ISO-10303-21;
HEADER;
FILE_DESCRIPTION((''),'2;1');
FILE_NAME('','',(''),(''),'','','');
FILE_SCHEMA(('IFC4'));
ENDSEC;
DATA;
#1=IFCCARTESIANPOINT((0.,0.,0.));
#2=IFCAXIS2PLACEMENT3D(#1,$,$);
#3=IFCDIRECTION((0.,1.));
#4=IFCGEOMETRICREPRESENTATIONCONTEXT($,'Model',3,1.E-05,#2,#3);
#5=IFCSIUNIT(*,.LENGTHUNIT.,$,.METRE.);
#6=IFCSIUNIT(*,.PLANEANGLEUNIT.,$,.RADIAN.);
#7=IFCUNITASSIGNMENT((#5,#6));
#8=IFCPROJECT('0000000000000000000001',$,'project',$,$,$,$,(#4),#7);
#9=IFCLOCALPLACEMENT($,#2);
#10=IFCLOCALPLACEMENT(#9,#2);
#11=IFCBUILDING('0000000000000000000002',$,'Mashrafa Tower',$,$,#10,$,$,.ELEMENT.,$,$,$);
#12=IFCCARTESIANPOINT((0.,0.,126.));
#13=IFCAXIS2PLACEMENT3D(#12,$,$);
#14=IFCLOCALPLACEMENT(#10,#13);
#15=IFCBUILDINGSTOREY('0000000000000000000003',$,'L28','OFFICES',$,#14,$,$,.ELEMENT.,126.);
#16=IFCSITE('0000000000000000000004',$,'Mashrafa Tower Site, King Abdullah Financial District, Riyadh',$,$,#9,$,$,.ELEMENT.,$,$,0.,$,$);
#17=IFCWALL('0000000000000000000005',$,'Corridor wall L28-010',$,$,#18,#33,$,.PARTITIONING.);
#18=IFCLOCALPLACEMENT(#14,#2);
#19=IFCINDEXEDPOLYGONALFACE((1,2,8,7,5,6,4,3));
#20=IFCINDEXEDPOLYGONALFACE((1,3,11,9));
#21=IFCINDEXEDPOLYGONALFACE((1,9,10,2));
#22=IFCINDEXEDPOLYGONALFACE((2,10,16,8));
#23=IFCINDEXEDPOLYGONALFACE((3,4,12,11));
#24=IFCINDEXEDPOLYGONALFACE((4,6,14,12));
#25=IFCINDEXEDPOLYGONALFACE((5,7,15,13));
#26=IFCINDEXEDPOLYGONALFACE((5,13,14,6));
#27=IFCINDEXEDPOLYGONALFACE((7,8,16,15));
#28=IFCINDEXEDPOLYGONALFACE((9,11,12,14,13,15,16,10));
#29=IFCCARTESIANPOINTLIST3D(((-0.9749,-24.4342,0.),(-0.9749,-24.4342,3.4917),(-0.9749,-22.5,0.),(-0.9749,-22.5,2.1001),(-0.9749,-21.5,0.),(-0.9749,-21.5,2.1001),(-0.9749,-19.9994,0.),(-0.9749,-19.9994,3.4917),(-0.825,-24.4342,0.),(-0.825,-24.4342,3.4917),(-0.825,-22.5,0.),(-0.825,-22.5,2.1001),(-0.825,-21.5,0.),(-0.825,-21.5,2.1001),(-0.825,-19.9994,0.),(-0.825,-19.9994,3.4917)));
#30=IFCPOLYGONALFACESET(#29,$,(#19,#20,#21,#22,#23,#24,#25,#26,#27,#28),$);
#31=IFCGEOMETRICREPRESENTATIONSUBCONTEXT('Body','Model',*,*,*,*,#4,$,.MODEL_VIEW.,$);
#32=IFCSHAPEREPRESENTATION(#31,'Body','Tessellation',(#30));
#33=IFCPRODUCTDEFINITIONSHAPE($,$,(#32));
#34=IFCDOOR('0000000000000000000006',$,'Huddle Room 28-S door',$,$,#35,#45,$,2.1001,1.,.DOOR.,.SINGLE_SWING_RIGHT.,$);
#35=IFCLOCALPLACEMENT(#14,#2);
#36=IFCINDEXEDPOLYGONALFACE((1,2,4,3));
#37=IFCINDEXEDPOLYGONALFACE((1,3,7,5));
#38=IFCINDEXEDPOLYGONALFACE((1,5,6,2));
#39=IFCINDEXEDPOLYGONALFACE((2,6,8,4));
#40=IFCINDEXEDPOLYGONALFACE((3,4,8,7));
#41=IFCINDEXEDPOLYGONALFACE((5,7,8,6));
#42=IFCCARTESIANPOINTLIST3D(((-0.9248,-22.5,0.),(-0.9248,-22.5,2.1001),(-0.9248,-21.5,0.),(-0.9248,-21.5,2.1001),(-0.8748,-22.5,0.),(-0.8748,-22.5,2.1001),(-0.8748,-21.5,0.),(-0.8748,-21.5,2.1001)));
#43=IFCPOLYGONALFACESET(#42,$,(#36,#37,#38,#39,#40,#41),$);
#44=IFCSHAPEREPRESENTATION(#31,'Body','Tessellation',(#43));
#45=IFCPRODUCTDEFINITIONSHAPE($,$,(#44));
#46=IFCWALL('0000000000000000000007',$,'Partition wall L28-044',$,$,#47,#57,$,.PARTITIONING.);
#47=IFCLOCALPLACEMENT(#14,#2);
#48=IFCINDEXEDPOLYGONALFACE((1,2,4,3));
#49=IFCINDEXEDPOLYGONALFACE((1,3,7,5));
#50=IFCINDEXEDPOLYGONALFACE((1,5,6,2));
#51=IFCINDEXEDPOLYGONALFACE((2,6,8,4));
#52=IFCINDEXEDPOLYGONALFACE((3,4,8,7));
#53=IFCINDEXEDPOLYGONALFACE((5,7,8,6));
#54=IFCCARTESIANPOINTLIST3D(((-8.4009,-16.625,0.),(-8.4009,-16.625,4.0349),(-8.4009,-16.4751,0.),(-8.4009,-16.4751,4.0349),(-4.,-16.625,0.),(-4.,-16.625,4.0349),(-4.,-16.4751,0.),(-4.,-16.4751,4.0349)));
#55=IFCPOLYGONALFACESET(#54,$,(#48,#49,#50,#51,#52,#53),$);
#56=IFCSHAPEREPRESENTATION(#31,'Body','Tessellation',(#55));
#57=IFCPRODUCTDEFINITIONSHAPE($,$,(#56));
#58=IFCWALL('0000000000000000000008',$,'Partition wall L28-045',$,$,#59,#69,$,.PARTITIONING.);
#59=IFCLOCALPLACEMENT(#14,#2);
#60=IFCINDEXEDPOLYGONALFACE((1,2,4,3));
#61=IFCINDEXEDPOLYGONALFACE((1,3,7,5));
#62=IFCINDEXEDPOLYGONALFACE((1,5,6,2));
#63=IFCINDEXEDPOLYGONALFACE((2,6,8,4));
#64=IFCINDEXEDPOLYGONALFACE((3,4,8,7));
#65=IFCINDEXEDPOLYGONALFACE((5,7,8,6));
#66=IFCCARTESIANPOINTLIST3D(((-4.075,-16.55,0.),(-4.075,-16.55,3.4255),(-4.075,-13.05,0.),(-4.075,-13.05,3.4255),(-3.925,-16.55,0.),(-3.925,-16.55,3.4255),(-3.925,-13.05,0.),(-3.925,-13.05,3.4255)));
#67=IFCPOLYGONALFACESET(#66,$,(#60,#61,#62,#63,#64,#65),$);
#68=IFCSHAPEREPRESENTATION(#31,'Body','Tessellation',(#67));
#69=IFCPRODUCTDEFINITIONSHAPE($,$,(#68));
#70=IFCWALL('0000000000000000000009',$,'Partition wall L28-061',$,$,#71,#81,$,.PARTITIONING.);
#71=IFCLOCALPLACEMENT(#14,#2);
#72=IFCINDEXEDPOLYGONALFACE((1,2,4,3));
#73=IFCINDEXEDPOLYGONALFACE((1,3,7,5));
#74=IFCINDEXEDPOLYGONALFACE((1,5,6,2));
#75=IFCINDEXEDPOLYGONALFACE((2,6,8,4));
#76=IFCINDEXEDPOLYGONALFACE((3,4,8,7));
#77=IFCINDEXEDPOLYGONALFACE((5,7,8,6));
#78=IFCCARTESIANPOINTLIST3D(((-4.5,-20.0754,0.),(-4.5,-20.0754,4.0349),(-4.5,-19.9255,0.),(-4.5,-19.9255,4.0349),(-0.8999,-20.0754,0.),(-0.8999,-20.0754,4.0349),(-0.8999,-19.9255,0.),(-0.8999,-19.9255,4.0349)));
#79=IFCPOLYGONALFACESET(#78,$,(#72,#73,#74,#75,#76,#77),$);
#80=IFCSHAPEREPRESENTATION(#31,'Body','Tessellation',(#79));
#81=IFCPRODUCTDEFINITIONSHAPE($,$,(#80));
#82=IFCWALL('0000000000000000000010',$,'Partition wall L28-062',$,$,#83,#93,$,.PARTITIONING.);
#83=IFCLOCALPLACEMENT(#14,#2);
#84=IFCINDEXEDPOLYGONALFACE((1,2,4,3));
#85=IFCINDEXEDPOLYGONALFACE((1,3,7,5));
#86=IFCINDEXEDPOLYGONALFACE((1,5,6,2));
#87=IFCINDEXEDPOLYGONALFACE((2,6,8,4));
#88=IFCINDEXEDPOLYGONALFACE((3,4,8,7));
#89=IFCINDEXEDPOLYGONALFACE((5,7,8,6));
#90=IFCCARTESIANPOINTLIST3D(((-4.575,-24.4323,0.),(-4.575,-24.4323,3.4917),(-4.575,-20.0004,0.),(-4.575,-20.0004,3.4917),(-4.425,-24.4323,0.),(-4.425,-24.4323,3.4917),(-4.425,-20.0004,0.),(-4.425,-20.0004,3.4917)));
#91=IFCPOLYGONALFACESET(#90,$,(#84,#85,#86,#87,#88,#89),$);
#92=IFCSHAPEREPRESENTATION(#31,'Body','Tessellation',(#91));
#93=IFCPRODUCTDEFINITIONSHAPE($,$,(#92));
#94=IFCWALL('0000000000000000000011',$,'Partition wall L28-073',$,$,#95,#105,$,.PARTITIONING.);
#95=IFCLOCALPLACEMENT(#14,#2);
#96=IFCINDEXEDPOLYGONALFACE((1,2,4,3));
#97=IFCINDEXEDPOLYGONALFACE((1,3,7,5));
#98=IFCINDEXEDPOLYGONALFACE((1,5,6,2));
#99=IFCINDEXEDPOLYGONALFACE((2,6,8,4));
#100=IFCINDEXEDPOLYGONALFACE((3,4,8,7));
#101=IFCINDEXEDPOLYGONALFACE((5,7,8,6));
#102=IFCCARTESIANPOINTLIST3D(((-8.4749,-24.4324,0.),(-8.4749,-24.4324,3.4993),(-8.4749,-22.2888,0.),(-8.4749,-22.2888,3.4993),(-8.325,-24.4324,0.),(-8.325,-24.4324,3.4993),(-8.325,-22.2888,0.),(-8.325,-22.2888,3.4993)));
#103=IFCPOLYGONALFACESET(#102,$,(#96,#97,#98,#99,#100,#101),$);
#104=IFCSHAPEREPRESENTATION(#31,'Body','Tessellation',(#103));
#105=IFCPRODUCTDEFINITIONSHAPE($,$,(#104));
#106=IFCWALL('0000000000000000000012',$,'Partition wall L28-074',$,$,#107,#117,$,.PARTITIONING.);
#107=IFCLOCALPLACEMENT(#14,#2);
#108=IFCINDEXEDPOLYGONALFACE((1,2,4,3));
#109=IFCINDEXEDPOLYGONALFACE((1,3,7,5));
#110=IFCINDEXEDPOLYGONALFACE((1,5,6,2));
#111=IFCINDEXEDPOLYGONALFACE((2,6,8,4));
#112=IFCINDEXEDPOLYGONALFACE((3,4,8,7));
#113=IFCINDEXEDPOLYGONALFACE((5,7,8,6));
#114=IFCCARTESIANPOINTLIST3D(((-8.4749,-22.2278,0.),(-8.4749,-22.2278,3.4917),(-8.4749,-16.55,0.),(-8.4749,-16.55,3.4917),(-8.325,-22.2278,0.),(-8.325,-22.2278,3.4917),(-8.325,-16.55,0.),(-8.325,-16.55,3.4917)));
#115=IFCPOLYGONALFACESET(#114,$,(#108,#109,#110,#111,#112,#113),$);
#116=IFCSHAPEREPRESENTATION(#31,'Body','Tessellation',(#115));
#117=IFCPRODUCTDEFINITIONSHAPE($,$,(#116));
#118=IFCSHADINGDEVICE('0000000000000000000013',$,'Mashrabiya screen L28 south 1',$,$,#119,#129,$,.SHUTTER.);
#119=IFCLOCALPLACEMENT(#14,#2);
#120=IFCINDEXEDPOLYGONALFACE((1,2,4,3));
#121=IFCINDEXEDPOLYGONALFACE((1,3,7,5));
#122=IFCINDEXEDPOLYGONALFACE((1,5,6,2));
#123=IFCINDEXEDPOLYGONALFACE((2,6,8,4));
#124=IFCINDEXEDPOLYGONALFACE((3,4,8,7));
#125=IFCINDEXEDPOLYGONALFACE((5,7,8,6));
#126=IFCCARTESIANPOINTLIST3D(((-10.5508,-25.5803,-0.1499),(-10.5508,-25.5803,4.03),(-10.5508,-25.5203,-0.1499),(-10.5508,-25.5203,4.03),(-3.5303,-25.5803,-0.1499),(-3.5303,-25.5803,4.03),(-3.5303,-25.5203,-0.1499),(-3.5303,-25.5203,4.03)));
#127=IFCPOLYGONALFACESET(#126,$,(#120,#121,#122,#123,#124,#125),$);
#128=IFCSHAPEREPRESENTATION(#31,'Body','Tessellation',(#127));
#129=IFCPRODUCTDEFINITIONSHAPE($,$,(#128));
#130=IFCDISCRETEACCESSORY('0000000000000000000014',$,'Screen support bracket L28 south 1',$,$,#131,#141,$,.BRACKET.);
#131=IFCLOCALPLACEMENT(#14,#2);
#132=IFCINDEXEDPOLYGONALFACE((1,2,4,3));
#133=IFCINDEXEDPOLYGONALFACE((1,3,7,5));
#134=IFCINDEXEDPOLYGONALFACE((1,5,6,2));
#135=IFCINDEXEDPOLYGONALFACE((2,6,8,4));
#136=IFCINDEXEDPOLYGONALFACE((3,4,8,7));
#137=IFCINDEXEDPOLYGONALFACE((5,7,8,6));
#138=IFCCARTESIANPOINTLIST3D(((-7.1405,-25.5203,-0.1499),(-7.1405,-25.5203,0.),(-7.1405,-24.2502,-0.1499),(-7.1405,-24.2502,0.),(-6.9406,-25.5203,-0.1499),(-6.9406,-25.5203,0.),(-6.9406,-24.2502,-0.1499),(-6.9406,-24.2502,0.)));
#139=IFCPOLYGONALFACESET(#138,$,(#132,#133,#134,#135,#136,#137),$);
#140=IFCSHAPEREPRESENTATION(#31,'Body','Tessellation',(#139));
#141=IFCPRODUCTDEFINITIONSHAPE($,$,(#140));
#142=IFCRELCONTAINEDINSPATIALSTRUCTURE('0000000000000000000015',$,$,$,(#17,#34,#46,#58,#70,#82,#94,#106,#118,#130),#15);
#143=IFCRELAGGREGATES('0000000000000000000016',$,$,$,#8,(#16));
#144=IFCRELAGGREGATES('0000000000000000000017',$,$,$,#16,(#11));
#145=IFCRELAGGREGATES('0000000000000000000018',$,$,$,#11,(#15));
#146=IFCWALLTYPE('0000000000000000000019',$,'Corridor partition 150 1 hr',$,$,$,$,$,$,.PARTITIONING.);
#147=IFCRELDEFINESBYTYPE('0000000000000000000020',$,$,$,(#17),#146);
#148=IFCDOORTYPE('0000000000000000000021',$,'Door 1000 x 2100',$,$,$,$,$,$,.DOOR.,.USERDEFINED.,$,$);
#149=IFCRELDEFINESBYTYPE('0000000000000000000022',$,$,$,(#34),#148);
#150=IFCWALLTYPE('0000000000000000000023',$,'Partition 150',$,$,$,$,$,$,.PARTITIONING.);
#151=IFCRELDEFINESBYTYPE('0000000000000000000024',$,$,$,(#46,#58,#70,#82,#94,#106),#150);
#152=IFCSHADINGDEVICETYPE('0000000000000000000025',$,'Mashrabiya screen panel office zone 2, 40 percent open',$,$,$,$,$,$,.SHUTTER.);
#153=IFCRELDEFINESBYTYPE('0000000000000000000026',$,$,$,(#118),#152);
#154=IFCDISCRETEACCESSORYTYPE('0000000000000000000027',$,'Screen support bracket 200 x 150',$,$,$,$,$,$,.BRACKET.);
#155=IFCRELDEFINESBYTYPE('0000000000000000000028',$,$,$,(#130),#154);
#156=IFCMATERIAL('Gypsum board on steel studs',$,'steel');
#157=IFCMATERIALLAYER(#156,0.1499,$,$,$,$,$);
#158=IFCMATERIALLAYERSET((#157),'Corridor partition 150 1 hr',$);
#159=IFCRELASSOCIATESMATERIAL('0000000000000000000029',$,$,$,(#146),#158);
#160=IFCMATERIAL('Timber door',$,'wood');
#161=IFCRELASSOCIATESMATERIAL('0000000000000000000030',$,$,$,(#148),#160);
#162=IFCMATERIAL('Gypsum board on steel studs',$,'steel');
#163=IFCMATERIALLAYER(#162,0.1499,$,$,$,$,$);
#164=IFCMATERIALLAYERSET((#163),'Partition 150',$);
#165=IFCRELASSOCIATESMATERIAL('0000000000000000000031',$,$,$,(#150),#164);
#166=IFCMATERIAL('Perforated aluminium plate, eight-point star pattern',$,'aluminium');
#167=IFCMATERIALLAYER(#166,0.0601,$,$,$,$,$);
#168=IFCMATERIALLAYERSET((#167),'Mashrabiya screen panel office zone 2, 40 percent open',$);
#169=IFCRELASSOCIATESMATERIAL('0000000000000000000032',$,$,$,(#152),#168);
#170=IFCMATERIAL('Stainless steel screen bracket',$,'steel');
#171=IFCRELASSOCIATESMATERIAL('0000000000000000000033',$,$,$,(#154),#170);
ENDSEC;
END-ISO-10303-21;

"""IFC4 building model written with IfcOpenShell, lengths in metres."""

from ifc_helpers import new_model, si_unit, direction, frame, frame_2d, origin, origin_2d, place, context, subcontext, project, spatial, rectangle, extrude, source, transform, mapped, material, layer, layer_set, type_object, type_shapes, element, fill, save


model = new_model("IFC4")

# Units and contexts
model_context = context("Model", 3, precision=1e-05, world=origin(), true_north=direction((0.0, 1.0)))
body_context = subcontext(model_context, "Body", "Model", "MODEL_VIEW")
ifc_project = project(units=[si_unit("LENGTHUNIT", "METRE"), si_unit("PLANEANGLEUNIT", "RADIAN")], contexts=[model_context])

# Site, building, storey
site_placement = place(None, origin())
site = spatial("IfcSite", under=ifc_project, at=site_placement, Name="Mashrafa Tower Site, King Abdullah Financial District, Riyadh", CompositionType="ELEMENT", RefElevation=0.0)
building_placement = place(site_placement, origin())
building = spatial("IfcBuilding", under=site, at=building_placement, Name="Mashrafa Tower", CompositionType="ELEMENT")
storey_placement = place(building_placement, frame((0.0, 0.0, 126.0)))
storey = spatial("IfcBuildingStorey", under=building, at=storey_placement, Name="L28", Description="OFFICES", CompositionType="ELEMENT", Elevation=126.0)

# Wall, opening, door
ifc_material_1 = material(Name="Gypsum board on steel studs", Category="steel")
ifc_layer_1 = layer(ifc_material_1, 0.1499)
ifc_layer_set_1 = layer_set([ifc_layer_1], Name="Corridor partition 150 1 hr")
wall_type_1 = type_object("IfcWallType", Name="Corridor partition 150 1 hr", PredefinedType="PARTITIONING", material=ifc_layer_set_1)
wall_1_placement = place(storey_placement, frame((-0.8999, -19.9995, 0.0), z_axis=(0.0, 0.0, 1.0), x_axis=(0.0, -1.0, 0.0)))
wall_1 = element("IfcWall", 1, at=wall_1_placement, inside=storey, type_object=wall_type_1, Name="Corridor wall L28-010", PredefinedType="PARTITIONING", context=body_context, shape_type="SweptSolid", body=[
    extrude(rectangle(XDim=4.4348, YDim=0.1499, at=frame_2d((2.2173, 0.0))), origin(), (0.0, 0.0, 1.0), 3.4917),
])
opening_placement = place(wall_1_placement, frame((1.5005, 0.0, 0.0)))
opening = element("IfcOpeningElement", 2, at=opening_placement, cuts=wall_1, PredefinedType="OPENING", context=body_context, shape_type="SweptSolid", body=[
    extrude(rectangle(XDim=1.0, YDim=2.1001, at=frame_2d((0.5, 1.05))), frame((0.0, 0.085, 0.0), z_axis=(0.0, -1.0, 0.0), x_axis=(1.0, 0.0, 0.0)), (0.0, 0.0, 1.0), 0.1699),
])
ifc_material_2 = material(Name="Timber door", Category="wood")
door_type = type_object("IfcDoorType", Name="Door 1000 x 2100", OperationType="USERDEFINED", PredefinedType="DOOR", material=ifc_material_2)
door_placement = place(opening_placement, frame((1.0, 0.0, 0.0), z_axis=(0.0, 0.0, 1.0), x_axis=(-1.0, 0.0, 0.0)))
door = element("IfcDoor", 3, at=door_placement, inside=storey, type_object=door_type, Name="Huddle Room 28-S door", OperationType="SINGLE_SWING_RIGHT", OverallHeight=2.1001, OverallWidth=1.0, PredefinedType="DOOR", context=body_context, shape_type="SweptSolid", body=[
    extrude(rectangle(XDim=1.0, YDim=2.1001, at=frame_2d((0.5, 1.05))), frame((0.0, 0.0249, 0.0), z_axis=(0.0, -1.0, 0.0), x_axis=(1.0, 0.0, 0.0)), (0.0, 0.0, 1.0), 0.05),
])
fill(opening, door)

# Walls
ifc_material_3 = material(Name="Gypsum board on steel studs", Category="steel")
ifc_layer_2 = layer(ifc_material_3, 0.1499)
ifc_layer_set_2 = layer_set([ifc_layer_2], Name="Partition 150")
wall_type_2 = type_object("IfcWallType", Name="Partition 150", PredefinedType="PARTITIONING", material=ifc_layer_set_2)
wall_2_placement = place(storey_placement, frame((-8.4009, -16.55, 0.0), z_axis=(0.0, 0.0, 1.0), x_axis=(1.0, 0.0, 0.0)))
element("IfcWall", 4, at=wall_2_placement, inside=storey, type_object=wall_type_2, Name="Partition wall L28-044", PredefinedType="PARTITIONING", context=body_context, shape_type="SweptSolid", body=[
    extrude(rectangle(XDim=4.4009, YDim=0.1499, at=frame_2d((2.2004, 0.0))), origin(), (0.0, 0.0, 1.0), 4.0349),
])
wall_3_placement = place(storey_placement, frame((-4.0, -16.55, 0.0), z_axis=(0.0, 0.0, 1.0), x_axis=(0.0, 1.0, 0.0)))
element("IfcWall", 5, at=wall_3_placement, inside=storey, type_object=wall_type_2, Name="Partition wall L28-045", PredefinedType="PARTITIONING", context=body_context, shape_type="SweptSolid", body=[
    extrude(rectangle(XDim=3.5, YDim=0.1499, at=frame_2d((1.75, 0.0))), origin(), (0.0, 0.0, 1.0), 3.4255),
])
wall_4_placement = place(storey_placement, frame((-0.8999, -20.0005, 0.0), z_axis=(0.0, 0.0, 1.0), x_axis=(-1.0, 0.0, 0.0)))
element("IfcWall", 6, at=wall_4_placement, inside=storey, type_object=wall_type_2, Name="Partition wall L28-061", PredefinedType="PARTITIONING", context=body_context, shape_type="SweptSolid", body=[
    extrude(rectangle(XDim=3.6001, YDim=0.1499, at=frame_2d((1.8, 0.0))), origin(), (0.0, 0.0, 1.0), 4.0349),
])
wall_5_placement = place(storey_placement, frame((-4.5, -20.0005, 0.0), z_axis=(0.0, 0.0, 1.0), x_axis=(0.0, -1.0, 0.0)))
element("IfcWall", 7, at=wall_5_placement, inside=storey, type_object=wall_type_2, Name="Partition wall L28-062", PredefinedType="PARTITIONING", context=body_context, shape_type="SweptSolid", body=[
    extrude(rectangle(XDim=4.4319, YDim=0.1499, at=frame_2d((2.2158, 0.0))), origin(), (0.0, 0.0, 1.0), 3.4917),
])
wall_6_placement = place(storey_placement, frame((-8.3999, -24.4324, 0.0), z_axis=(0.0, 0.0, 1.0), x_axis=(0.0, 1.0, 0.0)))
element("IfcWall", 8, at=wall_6_placement, inside=storey, type_object=wall_type_2, Name="Partition wall L28-073", PredefinedType="PARTITIONING", context=body_context, shape_type="SweptSolid", body=[
    extrude(rectangle(XDim=2.1436, YDim=0.1499, at=frame_2d((1.0718, 0.0))), origin(), (0.0, 0.0, 1.0), 3.4993),
])
wall_7_placement = place(storey_placement, frame((-8.3999, -22.2278, 0.0), z_axis=(0.0, 0.0, 1.0), x_axis=(0.0, 1.0, 0.0)))
element("IfcWall", 9, at=wall_7_placement, inside=storey, type_object=wall_type_2, Name="Partition wall L28-074", PredefinedType="PARTITIONING", context=body_context, shape_type="SweptSolid", body=[
    extrude(rectangle(XDim=5.6777, YDim=0.1499, at=frame_2d((2.8389, 0.0))), origin(), (0.0, 0.0, 1.0), 3.4917),
])

# Shading device
ifc_material_4 = material(Name="Perforated aluminium plate, eight-point star pattern", Category="aluminium")
ifc_layer_3 = layer(ifc_material_4, 0.0601)
ifc_layer_set_3 = layer_set([ifc_layer_3], Name="Mashrabiya screen panel office zone 2, 40 percent open")
shading_device_type = type_object("IfcShadingDeviceType", Name="Mashrabiya screen panel office zone 2, 40 percent open", PredefinedType="SHUTTER", material=ifc_layer_set_3)
shared_shape_1 = source(origin(), body_context, "Body", "SweptSolid", [
    extrude(rectangle(XDim=7.0205, YDim=0.0601, at=origin_2d()), origin(), (0.0, 0.0, 1.0), 4.1799),
])
type_shapes(shading_device_type, [shared_shape_1])
shading_device_placement = place(storey_placement, frame((-7.0405, -25.5503, -0.1499), z_axis=(0.0, 0.0, 1.0), x_axis=(1.0, 0.0, 0.0)))
element("IfcShadingDevice", 10, at=shading_device_placement, inside=storey, type_object=shading_device_type, Name="Mashrabiya screen L28 south 1", PredefinedType="SHUTTER", context=body_context, shape_type="MappedRepresentation", body=[
    mapped(shared_shape_1, transform((0.0, 0.0, 0.0))),
])

# Discrete accessory
ifc_material_5 = material(Name="Stainless steel screen bracket", Category="steel")
discrete_accessory_type = type_object("IfcDiscreteAccessoryType", Name="Screen support bracket 200 x 150", PredefinedType="BRACKET", material=ifc_material_5)
shared_shape_2 = source(origin(), body_context, "Body", "SweptSolid", [
    extrude(rectangle(XDim=0.2, YDim=1.27, at=origin_2d()), origin(), (0.0, 0.0, 1.0), 0.1499),
])
type_shapes(discrete_accessory_type, [shared_shape_2])
discrete_accessory_placement = place(storey_placement, frame((-7.0405, -24.8853, -0.1499), z_axis=(0.0, 0.0, 1.0), x_axis=(1.0, 0.0, 0.0)))
element("IfcDiscreteAccessory", 11, at=discrete_accessory_placement, inside=storey, type_object=discrete_accessory_type, Name="Screen support bracket L28 south 1", PredefinedType="BRACKET", context=body_context, shape_type="MappedRepresentation", body=[
    mapped(shared_shape_2, transform((0.0, 0.0, 0.0))),
])

save(model, "model.ifc")
